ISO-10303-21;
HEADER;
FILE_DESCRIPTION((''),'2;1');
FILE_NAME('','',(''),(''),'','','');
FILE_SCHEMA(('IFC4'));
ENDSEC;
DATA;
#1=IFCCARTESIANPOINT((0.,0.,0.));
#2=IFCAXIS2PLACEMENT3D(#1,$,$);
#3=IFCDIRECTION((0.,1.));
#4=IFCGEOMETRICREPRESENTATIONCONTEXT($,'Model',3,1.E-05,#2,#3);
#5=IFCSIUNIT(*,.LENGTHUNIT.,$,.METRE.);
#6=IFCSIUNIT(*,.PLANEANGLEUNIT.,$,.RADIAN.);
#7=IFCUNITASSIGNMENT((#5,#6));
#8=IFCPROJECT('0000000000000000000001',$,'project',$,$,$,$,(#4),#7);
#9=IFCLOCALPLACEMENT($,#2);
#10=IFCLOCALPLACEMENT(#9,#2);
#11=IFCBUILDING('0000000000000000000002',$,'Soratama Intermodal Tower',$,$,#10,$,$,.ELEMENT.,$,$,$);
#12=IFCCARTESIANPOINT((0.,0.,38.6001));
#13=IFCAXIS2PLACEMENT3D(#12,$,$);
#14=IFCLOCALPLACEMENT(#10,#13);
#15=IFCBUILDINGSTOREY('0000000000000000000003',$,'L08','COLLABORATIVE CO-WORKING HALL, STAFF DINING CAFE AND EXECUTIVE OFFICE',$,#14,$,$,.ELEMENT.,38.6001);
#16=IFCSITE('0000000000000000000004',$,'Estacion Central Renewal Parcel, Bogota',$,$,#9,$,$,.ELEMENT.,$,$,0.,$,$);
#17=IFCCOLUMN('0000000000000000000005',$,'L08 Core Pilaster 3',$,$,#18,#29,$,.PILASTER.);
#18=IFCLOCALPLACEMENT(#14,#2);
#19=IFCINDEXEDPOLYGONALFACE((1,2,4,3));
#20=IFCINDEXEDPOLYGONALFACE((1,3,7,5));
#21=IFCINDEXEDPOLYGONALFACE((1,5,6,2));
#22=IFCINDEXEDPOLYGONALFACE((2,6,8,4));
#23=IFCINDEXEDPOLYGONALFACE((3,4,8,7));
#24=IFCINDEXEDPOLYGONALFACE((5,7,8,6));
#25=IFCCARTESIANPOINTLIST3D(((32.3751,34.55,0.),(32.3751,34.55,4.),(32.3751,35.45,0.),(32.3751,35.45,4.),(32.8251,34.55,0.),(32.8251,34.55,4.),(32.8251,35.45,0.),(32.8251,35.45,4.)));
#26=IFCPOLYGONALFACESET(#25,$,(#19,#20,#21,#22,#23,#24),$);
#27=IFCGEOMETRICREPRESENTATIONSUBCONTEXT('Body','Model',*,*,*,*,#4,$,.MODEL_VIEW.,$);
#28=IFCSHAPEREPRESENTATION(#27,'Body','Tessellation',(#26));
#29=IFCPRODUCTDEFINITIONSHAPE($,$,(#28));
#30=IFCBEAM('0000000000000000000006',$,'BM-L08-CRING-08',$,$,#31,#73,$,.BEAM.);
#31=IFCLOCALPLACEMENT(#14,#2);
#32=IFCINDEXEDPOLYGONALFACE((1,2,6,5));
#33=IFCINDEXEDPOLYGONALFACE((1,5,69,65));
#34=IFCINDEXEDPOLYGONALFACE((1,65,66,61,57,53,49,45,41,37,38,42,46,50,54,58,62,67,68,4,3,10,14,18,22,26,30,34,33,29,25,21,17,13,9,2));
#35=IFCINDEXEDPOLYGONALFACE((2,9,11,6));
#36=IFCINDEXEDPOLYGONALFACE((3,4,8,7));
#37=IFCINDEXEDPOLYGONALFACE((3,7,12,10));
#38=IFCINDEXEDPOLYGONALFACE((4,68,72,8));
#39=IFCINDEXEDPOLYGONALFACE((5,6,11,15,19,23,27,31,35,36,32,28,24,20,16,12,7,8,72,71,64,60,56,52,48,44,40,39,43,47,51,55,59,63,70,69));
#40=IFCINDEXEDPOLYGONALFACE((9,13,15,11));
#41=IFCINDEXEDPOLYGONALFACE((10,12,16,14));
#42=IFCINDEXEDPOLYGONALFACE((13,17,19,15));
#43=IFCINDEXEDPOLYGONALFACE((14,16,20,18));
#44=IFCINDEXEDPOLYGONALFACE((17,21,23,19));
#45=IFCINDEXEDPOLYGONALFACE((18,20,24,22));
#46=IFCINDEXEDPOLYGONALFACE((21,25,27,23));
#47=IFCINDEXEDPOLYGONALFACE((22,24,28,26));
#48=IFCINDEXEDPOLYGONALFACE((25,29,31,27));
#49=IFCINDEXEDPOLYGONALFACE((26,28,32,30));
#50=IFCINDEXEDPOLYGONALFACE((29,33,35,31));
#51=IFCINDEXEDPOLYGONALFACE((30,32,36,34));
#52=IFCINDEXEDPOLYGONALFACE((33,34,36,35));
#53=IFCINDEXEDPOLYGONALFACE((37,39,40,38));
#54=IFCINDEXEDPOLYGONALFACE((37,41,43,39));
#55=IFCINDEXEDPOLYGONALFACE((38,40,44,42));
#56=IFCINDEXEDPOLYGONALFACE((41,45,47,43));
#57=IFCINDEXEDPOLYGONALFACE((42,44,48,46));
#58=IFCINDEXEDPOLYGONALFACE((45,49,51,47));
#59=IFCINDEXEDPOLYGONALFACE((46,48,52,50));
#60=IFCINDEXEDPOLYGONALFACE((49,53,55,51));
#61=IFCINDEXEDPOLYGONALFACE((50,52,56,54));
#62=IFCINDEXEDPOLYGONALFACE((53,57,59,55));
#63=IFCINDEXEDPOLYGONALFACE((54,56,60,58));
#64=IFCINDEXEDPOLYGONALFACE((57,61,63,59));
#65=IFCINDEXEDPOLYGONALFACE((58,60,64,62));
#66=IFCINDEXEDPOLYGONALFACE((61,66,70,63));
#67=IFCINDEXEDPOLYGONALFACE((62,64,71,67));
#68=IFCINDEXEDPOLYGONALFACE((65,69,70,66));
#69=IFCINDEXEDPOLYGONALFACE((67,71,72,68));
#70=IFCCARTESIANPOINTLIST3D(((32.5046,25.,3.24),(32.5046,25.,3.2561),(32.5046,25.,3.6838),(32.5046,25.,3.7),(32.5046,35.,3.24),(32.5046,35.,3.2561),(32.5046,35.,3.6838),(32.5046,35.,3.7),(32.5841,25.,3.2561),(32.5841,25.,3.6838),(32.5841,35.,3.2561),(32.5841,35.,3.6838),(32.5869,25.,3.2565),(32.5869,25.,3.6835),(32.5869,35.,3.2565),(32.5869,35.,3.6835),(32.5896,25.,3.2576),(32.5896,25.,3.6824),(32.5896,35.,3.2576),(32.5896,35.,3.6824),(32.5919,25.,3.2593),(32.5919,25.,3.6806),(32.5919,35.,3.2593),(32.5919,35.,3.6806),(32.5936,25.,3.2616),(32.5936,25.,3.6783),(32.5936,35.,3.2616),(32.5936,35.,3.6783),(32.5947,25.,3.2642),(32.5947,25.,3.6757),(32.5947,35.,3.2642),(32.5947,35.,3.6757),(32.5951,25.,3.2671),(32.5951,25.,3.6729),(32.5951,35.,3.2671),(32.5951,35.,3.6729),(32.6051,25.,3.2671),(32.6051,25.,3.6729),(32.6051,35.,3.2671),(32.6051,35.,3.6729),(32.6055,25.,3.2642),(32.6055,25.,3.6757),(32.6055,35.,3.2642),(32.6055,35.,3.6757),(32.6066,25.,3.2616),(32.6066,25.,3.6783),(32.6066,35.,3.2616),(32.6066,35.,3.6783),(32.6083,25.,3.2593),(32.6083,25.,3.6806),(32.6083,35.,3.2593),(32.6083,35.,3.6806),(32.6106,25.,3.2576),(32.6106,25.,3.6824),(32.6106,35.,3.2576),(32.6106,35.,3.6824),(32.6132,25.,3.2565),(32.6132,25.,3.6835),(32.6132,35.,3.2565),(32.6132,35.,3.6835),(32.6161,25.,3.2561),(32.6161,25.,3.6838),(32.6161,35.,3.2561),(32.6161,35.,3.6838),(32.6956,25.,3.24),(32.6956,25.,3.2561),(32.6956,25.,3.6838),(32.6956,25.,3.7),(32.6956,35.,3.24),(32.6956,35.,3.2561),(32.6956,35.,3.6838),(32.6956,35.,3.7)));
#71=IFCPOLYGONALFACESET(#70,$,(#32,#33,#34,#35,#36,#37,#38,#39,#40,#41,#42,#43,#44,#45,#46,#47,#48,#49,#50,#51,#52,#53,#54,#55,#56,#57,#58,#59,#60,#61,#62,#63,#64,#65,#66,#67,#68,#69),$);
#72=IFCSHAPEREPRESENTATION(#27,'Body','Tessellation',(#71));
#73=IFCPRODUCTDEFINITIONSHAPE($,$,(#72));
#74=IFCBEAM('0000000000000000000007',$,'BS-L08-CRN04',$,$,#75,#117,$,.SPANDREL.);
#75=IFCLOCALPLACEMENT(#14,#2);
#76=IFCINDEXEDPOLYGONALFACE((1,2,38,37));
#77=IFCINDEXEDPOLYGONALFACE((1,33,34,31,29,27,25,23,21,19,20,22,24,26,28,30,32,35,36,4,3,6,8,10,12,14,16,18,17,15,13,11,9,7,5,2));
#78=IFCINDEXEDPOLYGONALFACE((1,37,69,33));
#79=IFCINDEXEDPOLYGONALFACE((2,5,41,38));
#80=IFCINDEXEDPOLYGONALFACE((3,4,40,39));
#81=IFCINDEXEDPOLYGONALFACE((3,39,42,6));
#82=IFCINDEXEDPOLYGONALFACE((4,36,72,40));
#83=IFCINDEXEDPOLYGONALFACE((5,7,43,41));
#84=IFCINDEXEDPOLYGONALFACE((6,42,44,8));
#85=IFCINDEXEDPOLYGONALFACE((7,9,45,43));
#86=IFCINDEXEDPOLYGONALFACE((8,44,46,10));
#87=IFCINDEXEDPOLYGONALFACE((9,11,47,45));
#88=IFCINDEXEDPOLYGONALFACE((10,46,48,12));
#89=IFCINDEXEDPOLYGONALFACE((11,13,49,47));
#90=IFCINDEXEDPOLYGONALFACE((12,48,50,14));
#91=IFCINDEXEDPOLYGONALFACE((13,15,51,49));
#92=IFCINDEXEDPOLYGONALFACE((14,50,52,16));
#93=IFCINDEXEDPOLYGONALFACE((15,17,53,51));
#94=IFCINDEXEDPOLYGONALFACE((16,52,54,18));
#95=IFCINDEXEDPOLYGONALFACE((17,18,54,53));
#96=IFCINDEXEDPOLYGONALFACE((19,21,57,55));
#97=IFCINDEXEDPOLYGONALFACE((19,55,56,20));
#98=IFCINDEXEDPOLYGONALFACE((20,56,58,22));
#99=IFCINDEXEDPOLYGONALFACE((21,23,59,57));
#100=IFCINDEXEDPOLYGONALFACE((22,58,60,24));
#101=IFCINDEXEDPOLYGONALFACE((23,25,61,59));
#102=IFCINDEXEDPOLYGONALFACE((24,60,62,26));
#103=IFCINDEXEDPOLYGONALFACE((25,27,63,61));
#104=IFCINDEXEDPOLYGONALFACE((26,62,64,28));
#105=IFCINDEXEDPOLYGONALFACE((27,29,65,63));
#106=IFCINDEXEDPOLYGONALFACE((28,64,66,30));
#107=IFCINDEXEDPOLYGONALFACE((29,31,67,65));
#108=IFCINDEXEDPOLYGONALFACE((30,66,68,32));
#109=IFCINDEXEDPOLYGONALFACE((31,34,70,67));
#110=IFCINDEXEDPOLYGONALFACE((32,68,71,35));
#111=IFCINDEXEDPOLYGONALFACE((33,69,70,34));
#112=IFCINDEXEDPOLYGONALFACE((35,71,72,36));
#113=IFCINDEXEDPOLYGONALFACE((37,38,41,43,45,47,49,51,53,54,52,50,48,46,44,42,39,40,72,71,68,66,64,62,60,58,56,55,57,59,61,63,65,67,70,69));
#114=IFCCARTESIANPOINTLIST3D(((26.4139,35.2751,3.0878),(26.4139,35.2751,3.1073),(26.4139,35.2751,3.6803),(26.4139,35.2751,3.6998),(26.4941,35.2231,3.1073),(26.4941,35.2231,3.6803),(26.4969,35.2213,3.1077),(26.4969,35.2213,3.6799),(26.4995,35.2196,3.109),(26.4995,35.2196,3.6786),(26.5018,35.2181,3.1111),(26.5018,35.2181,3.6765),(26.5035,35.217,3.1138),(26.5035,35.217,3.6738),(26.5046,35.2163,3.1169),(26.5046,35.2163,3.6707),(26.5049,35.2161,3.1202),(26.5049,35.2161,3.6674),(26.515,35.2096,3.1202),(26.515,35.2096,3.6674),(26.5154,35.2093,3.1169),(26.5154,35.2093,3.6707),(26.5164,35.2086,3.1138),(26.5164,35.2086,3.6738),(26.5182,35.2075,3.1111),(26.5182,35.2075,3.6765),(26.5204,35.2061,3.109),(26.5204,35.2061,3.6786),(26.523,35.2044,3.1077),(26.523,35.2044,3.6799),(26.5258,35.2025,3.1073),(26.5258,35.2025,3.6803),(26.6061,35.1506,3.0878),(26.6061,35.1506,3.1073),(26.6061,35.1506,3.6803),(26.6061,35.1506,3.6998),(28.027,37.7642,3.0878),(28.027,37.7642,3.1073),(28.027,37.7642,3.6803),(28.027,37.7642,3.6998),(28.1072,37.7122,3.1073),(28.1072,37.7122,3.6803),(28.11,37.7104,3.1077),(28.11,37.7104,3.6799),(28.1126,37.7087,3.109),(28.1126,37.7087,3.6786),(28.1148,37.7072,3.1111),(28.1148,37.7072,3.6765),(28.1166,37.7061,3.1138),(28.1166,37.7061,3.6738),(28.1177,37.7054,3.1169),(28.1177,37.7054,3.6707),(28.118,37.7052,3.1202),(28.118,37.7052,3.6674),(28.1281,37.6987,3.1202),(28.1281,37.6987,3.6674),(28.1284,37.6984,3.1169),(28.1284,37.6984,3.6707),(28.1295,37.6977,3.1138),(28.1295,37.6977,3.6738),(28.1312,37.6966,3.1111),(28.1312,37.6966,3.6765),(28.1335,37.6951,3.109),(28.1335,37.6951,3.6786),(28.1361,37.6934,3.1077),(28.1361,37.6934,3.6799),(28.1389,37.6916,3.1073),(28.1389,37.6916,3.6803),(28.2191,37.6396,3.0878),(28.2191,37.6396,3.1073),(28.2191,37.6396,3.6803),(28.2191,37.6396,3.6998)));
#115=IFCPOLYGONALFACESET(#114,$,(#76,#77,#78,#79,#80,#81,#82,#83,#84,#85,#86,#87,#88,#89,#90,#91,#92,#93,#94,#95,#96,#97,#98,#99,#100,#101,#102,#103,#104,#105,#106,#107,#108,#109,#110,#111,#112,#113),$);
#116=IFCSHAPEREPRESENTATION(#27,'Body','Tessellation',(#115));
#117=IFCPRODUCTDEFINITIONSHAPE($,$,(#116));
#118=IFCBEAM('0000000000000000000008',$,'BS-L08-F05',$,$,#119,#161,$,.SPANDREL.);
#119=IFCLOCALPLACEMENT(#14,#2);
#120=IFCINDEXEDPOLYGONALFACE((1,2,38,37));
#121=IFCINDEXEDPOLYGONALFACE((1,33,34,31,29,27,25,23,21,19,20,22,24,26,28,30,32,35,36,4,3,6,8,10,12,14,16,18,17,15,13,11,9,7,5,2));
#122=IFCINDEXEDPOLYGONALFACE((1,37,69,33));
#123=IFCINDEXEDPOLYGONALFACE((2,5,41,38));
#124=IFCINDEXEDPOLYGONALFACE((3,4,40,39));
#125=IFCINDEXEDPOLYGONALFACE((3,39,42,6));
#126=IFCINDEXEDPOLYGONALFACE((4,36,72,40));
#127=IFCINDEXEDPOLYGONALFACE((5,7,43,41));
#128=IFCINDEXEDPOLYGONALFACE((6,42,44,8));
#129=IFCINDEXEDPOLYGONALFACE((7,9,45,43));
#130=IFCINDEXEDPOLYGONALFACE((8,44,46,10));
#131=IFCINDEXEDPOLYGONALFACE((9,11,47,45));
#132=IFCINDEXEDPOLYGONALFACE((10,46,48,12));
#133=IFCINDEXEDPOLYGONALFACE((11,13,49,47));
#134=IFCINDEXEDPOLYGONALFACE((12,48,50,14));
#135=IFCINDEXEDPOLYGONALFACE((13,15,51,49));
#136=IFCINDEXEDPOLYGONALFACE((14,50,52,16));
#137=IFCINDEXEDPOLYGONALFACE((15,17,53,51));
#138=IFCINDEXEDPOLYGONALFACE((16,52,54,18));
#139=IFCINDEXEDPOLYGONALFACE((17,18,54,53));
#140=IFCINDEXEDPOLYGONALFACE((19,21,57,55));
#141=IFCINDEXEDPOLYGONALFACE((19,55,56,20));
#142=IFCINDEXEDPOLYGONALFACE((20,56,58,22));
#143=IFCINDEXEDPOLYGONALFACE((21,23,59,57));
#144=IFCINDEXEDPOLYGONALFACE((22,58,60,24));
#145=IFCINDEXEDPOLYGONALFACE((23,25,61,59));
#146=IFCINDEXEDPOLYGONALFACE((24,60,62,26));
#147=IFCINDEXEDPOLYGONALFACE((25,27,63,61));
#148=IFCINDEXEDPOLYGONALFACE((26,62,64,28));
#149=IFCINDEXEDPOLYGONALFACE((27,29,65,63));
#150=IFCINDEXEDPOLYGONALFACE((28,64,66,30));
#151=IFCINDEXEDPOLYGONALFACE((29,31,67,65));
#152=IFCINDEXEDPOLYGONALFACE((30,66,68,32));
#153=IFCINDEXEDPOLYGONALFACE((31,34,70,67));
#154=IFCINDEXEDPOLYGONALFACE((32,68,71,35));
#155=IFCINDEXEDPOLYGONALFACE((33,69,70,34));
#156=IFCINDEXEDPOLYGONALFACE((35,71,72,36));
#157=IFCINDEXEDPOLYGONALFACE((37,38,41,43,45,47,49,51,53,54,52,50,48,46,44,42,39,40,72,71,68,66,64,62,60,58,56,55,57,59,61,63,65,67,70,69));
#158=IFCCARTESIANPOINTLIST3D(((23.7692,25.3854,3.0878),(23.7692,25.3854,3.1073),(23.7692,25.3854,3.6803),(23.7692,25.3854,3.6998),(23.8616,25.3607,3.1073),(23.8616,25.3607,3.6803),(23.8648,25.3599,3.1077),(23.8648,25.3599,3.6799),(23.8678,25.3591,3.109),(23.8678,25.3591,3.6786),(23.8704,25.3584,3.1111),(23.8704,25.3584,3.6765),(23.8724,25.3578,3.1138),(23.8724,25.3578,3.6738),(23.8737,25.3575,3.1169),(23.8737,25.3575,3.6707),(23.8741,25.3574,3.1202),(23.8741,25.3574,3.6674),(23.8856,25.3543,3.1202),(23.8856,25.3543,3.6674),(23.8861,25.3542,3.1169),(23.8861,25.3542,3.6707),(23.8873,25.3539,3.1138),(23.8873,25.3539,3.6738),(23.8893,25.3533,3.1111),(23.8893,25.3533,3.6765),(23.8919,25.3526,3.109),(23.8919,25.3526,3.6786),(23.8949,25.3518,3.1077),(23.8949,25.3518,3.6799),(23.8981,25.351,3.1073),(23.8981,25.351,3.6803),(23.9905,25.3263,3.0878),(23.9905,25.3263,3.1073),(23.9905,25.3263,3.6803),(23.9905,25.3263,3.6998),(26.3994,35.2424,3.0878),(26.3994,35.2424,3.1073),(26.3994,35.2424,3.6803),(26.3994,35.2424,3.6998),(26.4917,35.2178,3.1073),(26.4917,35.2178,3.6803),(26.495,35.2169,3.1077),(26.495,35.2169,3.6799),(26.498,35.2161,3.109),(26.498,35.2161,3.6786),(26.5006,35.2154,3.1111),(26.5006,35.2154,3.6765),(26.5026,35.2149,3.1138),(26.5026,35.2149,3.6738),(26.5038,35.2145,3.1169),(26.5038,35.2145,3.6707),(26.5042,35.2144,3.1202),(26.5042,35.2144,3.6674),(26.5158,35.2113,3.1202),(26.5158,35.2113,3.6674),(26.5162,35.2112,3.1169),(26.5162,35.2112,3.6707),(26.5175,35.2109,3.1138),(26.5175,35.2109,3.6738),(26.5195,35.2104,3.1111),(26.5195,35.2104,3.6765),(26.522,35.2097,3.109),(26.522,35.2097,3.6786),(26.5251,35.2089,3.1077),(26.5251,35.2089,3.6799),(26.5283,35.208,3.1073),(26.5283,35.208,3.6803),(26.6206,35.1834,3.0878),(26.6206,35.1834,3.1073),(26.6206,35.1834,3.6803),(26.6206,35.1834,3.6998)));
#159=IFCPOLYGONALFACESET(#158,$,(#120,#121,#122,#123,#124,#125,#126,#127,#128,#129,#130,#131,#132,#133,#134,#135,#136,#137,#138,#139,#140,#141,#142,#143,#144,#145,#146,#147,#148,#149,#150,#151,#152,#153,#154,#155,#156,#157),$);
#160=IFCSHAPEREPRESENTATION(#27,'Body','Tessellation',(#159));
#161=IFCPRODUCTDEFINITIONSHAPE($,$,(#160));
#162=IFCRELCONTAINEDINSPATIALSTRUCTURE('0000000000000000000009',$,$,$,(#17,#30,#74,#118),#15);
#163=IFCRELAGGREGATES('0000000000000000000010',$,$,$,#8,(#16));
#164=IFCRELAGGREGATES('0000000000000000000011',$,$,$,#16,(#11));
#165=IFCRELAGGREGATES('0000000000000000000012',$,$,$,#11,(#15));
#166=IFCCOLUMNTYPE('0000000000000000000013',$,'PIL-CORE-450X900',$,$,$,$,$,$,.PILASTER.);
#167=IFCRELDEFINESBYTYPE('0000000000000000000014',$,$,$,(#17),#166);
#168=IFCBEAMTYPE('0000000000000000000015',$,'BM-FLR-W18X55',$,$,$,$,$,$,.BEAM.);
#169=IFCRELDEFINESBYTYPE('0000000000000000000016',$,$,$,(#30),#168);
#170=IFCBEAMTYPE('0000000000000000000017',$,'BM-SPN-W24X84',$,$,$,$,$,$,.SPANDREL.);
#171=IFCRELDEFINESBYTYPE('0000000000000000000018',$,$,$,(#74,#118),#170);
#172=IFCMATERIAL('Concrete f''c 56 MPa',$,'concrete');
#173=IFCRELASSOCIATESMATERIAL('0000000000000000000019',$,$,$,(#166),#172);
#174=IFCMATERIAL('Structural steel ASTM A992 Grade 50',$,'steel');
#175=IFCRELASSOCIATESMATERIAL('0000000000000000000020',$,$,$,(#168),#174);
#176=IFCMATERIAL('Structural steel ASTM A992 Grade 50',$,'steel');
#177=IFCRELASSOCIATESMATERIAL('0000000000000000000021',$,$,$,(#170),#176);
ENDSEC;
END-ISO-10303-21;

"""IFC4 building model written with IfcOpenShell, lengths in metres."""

from ifc_helpers import new_model, si_unit, direction, frame, origin, origin_2d, place, context, subcontext, project, spatial, rectangle, i_section, extrude, material, material_profile, profile_set, type_object, element, save


model = new_model("IFC4")

# Units and contexts
model_context = context("Model", 3, precision=1e-05, world=origin(), true_north=direction((0.0, 1.0)))
body_context = subcontext(model_context, "Body", "Model", "MODEL_VIEW")
ifc_project = project(units=[si_unit("LENGTHUNIT", "METRE"), si_unit("PLANEANGLEUNIT", "RADIAN")], contexts=[model_context])

# Site, building, storey
site_placement = place(None, origin())
site = spatial("IfcSite", under=ifc_project, at=site_placement, Name="Estacion Central Renewal Parcel, Bogota", CompositionType="ELEMENT", RefElevation=0.0)
building_placement = place(site_placement, origin())
building = spatial("IfcBuilding", under=site, at=building_placement, Name="Soratama Intermodal Tower", CompositionType="ELEMENT")
storey_placement = place(building_placement, frame((0.0, 0.0, 38.6001)))
storey = spatial("IfcBuildingStorey", under=building, at=storey_placement, Name="L08", Description="COLLABORATIVE CO-WORKING HALL, STAFF DINING CAFE AND EXECUTIVE OFFICE", CompositionType="ELEMENT", Elevation=38.6001)

# Column
ifc_material_1 = material(Name="Concrete f'c 56 MPa", Category="concrete")
ifc_material_profile_1 = material_profile(ifc_material_1, rectangle(XDim=0.45, YDim=0.8999, at=origin_2d()), Name="RC450X900")
ifc_profile_set_1 = profile_set([ifc_material_profile_1], Name="Concrete f'c 56 MPa")
column_type = type_object("IfcColumnType", Name="PIL-CORE-450X900", PredefinedType="PILASTER", material=ifc_profile_set_1)
column_placement = place(storey_placement, frame((32.6001, 35.0, 0.0), z_axis=(0.0, 0.0, 1.0), x_axis=(1.0, 0.0, 0.0)))
element("IfcColumn", 1, at=column_placement, inside=storey, type_object=column_type, Name="L08 Core Pilaster 3", PredefinedType="PILASTER", context=body_context, shape_type="SweptSolid", body=[
    extrude(rectangle(XDim=0.45, YDim=0.8999, at=origin_2d()), origin(), (0.0, 0.0, 1.0), 4.0),
])

# Beams
ifc_material_2 = material(Name="Structural steel ASTM A992 Grade 50", Category="steel")
ifc_material_profile_2 = material_profile(ifc_material_2, i_section(OverallWidth=0.1909, OverallDepth=0.46, WebThickness=0.01, FlangeThickness=0.0161, FilletRadius=0.011, at=origin_2d()), Name="W18X55")
ifc_profile_set_2 = profile_set([ifc_material_profile_2], Name="Structural steel ASTM A992 Grade 50")
beam_type_1 = type_object("IfcBeamType", Name="BM-FLR-W18X55", PredefinedType="BEAM", material=ifc_profile_set_2)
beam_1_placement = place(storey_placement, frame((32.6001, 35.0, 3.47), z_axis=(0.0, -1.0, 0.0), x_axis=(1.0, 0.0, 0.0)))
element("IfcBeam", 2, at=beam_1_placement, inside=storey, type_object=beam_type_1, Name="BM-L08-CRING-08", PredefinedType="BEAM", context=body_context, shape_type="SweptSolid", body=[
    extrude(i_section(OverallWidth=0.1909, OverallDepth=0.46, WebThickness=0.01, FlangeThickness=0.0161, FilletRadius=0.011, at=origin_2d()), origin(), (0.0, 0.0, 1.0), 10.0),
])
ifc_material_3 = material(Name="Structural steel ASTM A992 Grade 50", Category="steel")
ifc_material_profile_3 = material_profile(ifc_material_3, i_section(OverallWidth=0.229, OverallDepth=0.6121, WebThickness=0.012, FlangeThickness=0.0195, FilletRadius=0.0129, at=origin_2d()), Name="W24X84")
ifc_profile_set_3 = profile_set([ifc_material_profile_3], Name="Structural steel ASTM A992 Grade 50")
beam_type_2 = type_object("IfcBeamType", Name="BM-SPN-W24X84", PredefinedType="SPANDREL", material=ifc_profile_set_3)
beam_2_placement = place(storey_placement, frame((28.123, 37.7019, 3.3938), z_axis=(-0.543845, -0.839186, 0.0), x_axis=(0.839186, -0.543845, 0.0)))
element("IfcBeam", 3, at=beam_2_placement, inside=storey, type_object=beam_type_2, Name="BS-L08-CRN04", PredefinedType="SPANDREL", context=body_context, shape_type="SweptSolid", body=[
    extrude(i_section(OverallWidth=0.229, OverallDepth=0.6121, WebThickness=0.012, FlangeThickness=0.0195, FilletRadius=0.0129, at=origin_2d()), origin(), (0.0, 0.0, 1.0), 2.9661),
])
beam_3_placement = place(storey_placement, frame((26.51, 35.2129, 3.3938), z_axis=(-0.25781, -0.966196, 0.0), x_axis=(0.966196, -0.25781, 0.0)))
element("IfcBeam", 4, at=beam_3_placement, inside=storey, type_object=beam_type_2, Name="BS-L08-F05", PredefinedType="SPANDREL", context=body_context, shape_type="SweptSolid", body=[
    extrude(i_section(OverallWidth=0.229, OverallDepth=0.6121, WebThickness=0.012, FlangeThickness=0.0195, FilletRadius=0.0129, at=origin_2d()), origin(), (0.0, 0.0, 1.0), 10.2019),
])

save(model, "model.ifc")
